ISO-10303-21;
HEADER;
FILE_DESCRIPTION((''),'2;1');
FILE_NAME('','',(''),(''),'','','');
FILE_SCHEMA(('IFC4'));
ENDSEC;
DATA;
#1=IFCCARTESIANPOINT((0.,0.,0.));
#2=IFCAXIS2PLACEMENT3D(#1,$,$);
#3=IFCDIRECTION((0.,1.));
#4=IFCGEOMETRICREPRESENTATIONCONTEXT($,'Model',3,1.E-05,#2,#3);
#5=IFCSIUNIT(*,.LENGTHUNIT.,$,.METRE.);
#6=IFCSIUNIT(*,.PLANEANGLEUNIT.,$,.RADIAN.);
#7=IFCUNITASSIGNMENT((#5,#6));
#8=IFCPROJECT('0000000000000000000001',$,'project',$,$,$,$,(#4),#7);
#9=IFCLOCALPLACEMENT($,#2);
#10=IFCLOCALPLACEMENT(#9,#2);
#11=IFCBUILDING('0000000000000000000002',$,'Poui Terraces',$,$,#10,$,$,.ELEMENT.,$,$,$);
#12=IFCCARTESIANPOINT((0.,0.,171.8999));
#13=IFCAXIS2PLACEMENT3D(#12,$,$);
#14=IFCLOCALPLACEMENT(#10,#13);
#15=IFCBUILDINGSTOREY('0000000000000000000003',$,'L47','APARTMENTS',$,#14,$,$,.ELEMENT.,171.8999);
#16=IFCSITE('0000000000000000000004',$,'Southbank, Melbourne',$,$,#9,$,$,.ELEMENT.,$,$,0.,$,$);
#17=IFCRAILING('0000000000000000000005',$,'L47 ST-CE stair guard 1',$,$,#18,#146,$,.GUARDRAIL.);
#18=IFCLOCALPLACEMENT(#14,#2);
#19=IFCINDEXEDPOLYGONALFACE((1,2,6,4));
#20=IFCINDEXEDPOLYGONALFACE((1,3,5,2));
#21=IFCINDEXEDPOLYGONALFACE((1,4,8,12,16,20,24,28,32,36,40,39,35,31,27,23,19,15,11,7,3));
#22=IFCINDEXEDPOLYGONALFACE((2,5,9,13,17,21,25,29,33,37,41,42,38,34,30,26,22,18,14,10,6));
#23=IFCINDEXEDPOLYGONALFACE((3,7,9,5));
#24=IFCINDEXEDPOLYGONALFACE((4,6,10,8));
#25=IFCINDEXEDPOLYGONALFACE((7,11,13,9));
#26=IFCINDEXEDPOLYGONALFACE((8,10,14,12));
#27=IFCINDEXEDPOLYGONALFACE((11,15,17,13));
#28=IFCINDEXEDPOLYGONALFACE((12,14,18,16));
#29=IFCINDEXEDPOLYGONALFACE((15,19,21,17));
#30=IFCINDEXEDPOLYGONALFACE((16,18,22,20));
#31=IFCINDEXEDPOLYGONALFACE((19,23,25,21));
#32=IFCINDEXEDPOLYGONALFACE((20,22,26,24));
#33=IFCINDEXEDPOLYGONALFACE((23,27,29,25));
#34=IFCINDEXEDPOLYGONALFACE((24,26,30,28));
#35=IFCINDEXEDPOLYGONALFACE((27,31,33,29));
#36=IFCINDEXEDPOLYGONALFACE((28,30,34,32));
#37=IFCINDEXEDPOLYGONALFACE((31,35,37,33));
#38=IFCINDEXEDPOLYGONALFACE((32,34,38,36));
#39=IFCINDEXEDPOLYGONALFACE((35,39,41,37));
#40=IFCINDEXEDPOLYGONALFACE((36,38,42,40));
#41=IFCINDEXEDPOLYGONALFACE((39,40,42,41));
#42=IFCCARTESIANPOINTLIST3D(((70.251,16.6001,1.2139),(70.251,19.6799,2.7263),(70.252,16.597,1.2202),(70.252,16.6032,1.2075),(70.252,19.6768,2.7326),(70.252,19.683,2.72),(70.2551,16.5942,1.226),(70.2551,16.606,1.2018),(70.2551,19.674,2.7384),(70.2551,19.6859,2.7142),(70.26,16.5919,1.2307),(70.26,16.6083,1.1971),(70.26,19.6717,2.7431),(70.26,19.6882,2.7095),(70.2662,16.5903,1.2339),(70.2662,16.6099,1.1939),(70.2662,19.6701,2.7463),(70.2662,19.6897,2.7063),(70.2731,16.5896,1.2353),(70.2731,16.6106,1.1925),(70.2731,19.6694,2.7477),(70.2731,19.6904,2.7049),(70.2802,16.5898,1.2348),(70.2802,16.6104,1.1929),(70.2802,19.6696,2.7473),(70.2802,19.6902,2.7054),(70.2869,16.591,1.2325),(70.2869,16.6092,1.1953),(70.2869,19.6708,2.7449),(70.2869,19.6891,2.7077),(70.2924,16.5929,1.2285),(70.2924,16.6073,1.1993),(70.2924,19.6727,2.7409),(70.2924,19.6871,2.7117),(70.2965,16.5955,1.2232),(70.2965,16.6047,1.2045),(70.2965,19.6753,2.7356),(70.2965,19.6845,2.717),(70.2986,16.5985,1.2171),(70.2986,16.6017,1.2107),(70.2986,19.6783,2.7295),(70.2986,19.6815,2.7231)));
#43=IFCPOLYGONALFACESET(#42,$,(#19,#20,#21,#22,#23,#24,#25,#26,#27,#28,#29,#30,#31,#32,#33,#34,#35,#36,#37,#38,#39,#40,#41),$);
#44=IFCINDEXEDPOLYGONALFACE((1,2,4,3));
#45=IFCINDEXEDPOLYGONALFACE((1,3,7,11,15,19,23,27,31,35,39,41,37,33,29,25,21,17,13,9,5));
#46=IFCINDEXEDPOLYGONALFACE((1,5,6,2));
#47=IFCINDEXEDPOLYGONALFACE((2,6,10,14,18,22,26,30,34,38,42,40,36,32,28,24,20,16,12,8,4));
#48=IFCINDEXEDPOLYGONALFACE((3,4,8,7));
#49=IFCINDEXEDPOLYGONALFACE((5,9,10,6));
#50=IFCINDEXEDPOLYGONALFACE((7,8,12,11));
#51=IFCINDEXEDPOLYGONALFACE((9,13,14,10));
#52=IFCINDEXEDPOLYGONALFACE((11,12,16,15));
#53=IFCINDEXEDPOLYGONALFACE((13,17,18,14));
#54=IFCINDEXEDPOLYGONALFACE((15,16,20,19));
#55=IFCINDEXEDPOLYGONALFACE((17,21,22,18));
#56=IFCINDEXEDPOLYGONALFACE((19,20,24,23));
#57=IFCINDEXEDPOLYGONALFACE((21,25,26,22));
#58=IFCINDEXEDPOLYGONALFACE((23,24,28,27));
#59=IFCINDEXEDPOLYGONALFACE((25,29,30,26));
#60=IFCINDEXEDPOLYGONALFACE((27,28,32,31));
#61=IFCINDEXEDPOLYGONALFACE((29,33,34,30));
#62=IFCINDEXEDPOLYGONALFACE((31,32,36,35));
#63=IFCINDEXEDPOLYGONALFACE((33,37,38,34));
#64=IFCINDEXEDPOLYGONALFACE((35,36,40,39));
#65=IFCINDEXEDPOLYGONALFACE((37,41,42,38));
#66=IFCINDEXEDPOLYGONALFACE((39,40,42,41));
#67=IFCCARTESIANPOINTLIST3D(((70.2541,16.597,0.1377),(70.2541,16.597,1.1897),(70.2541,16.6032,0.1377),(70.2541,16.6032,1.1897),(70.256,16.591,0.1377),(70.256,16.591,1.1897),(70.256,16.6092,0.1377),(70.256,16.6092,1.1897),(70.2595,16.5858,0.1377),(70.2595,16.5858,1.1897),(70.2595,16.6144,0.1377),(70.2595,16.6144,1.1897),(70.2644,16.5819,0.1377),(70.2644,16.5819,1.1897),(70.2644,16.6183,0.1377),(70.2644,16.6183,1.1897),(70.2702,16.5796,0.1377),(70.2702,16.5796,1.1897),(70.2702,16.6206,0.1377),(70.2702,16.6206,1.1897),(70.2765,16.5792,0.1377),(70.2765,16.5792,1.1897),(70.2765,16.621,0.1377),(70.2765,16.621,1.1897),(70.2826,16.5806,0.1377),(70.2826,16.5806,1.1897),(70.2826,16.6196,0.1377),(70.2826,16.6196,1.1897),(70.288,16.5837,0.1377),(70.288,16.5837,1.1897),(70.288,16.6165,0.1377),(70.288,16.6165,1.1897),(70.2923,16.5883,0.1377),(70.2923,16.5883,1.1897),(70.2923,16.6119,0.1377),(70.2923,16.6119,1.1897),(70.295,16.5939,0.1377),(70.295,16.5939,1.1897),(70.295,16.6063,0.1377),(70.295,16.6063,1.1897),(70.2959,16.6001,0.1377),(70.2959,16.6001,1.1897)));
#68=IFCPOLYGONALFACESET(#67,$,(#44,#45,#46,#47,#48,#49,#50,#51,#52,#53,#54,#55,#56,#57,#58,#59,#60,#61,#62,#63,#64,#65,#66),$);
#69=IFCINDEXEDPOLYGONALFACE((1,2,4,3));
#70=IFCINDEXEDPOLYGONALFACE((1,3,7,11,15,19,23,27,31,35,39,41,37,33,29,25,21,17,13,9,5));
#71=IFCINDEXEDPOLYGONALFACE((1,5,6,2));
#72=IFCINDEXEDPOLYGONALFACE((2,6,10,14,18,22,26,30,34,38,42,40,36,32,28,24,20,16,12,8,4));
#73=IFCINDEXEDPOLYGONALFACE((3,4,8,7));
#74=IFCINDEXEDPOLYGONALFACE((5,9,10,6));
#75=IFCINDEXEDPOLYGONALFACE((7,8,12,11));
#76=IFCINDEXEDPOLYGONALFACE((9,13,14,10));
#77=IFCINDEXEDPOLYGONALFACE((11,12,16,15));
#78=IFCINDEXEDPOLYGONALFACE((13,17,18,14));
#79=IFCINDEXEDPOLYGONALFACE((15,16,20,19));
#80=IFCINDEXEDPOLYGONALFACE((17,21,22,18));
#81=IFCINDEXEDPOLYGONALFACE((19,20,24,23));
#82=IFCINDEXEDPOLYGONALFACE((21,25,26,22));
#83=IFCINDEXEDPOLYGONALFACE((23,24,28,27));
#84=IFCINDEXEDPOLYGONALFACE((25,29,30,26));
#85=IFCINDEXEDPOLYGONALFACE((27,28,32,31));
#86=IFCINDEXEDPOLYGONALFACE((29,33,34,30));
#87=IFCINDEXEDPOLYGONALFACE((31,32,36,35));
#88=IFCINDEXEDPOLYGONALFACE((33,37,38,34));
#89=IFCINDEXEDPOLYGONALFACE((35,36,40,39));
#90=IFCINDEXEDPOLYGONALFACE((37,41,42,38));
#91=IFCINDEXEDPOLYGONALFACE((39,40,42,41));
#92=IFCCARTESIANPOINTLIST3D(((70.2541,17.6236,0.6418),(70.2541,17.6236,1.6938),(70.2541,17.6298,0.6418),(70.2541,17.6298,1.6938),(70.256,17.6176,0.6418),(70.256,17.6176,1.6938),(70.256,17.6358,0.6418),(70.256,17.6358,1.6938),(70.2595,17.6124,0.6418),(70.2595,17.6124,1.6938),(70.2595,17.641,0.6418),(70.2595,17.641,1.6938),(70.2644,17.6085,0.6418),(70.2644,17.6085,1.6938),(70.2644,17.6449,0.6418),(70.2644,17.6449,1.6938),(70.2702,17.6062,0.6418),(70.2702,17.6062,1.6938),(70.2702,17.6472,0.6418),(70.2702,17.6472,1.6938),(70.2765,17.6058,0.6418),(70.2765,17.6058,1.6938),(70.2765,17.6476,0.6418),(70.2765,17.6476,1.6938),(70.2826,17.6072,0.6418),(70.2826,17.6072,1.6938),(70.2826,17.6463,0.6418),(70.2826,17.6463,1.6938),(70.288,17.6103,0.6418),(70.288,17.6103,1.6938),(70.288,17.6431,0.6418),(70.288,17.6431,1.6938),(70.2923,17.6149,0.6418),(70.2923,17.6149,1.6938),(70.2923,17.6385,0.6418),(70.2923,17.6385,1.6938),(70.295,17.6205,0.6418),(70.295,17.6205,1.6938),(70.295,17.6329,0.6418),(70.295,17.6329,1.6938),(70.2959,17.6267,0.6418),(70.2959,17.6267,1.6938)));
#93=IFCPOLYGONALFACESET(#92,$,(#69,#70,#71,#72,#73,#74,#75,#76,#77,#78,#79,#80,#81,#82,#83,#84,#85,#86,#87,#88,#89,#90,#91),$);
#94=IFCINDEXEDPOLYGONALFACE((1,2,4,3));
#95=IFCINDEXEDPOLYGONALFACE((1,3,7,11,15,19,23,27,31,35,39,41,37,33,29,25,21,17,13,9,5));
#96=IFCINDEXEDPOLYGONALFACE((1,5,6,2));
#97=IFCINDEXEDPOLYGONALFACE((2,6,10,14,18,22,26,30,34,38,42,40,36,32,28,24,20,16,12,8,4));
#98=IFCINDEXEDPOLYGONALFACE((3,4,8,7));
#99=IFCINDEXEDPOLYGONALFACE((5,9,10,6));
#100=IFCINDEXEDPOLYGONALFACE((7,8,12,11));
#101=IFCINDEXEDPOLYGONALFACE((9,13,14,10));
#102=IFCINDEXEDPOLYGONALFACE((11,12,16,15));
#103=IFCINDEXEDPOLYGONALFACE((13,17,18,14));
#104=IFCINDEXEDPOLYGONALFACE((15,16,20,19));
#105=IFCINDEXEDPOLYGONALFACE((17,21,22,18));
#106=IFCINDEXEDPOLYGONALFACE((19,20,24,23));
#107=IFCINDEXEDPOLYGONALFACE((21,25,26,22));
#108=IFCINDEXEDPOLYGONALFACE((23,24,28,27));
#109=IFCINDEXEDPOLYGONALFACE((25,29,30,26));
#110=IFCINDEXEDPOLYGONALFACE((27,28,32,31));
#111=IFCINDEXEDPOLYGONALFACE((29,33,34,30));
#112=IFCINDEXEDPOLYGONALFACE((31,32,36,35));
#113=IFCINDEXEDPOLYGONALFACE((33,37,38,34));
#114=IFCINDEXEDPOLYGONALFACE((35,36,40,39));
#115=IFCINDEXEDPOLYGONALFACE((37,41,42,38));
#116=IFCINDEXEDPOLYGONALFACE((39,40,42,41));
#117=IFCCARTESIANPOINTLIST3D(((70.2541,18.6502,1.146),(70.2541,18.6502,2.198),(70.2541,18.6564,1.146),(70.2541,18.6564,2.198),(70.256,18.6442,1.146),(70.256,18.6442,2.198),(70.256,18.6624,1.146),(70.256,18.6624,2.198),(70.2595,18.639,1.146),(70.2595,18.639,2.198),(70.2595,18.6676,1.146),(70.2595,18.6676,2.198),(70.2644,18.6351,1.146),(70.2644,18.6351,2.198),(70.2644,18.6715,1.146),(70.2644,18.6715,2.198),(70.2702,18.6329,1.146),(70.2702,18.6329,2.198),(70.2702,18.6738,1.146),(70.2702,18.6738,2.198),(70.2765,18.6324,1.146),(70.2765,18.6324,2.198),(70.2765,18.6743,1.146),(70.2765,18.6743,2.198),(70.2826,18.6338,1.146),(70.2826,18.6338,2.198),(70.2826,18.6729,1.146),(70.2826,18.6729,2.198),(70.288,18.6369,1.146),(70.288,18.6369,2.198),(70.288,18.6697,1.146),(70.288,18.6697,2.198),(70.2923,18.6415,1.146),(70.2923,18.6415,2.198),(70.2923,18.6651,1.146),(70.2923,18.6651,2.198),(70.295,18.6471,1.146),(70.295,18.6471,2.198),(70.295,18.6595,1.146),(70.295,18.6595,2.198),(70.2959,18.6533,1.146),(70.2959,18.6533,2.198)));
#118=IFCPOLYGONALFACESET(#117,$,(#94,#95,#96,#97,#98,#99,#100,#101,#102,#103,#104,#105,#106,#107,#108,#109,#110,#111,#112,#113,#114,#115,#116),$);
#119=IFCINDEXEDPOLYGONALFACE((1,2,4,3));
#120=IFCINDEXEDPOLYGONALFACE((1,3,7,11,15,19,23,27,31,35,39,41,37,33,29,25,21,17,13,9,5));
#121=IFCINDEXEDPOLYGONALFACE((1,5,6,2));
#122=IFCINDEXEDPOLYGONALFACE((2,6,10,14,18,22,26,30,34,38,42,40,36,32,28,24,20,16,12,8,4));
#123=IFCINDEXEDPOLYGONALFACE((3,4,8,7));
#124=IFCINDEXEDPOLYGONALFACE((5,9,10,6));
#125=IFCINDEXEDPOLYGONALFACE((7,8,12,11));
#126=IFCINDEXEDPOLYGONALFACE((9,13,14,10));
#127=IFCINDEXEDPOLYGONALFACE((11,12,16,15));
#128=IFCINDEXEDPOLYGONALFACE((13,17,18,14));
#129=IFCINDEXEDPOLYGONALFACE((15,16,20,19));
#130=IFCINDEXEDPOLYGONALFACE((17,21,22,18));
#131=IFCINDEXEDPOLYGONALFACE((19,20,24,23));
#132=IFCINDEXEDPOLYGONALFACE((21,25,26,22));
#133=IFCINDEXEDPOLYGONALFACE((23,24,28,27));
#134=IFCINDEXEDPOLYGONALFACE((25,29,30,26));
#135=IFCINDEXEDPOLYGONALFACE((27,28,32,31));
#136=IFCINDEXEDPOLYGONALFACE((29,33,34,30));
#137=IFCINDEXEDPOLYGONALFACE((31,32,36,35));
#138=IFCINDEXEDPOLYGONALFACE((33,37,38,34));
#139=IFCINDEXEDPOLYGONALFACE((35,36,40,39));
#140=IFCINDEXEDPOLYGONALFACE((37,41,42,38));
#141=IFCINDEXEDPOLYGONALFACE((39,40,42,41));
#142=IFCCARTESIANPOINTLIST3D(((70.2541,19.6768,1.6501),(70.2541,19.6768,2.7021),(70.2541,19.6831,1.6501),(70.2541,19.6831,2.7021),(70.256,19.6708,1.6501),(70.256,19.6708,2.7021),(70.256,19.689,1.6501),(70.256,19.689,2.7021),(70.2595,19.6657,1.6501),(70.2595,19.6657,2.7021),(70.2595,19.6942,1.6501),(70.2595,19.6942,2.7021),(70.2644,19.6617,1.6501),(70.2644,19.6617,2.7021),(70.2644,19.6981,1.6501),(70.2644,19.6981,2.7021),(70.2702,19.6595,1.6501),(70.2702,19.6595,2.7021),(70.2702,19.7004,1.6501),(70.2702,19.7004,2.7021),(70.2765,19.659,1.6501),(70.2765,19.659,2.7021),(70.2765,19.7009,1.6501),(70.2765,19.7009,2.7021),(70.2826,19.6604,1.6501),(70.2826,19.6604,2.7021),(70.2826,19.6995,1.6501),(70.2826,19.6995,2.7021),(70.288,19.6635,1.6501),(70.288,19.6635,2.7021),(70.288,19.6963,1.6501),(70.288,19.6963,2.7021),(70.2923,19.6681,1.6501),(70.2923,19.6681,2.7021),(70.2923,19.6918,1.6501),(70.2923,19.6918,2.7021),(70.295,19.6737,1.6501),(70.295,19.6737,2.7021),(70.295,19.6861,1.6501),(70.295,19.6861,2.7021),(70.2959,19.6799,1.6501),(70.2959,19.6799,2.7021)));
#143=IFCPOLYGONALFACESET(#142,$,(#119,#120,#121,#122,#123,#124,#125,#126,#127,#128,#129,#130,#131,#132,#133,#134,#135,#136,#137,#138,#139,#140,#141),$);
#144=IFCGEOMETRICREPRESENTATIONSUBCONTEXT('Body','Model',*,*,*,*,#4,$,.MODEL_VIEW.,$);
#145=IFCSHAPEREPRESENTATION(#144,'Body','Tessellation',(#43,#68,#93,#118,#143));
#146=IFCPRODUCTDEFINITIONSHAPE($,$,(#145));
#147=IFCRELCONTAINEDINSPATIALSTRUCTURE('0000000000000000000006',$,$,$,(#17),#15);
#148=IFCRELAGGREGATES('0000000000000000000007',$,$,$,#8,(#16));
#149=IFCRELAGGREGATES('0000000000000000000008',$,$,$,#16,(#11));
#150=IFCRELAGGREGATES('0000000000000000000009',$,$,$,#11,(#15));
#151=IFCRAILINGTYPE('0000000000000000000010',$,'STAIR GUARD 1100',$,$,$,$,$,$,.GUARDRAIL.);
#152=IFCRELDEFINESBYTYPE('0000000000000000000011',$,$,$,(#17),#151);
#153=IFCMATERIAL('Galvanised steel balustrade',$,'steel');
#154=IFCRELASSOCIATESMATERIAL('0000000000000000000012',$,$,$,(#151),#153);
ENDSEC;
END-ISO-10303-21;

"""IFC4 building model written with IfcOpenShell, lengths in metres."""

from ifc_helpers import new_model, si_unit, direction, frame, origin, origin_2d, place, context, subcontext, project, spatial, circle, extrude, material, type_object, element, save


model = new_model("IFC4")

# Units and contexts
model_context = context("Model", 3, precision=1e-05, world=origin(), true_north=direction((0.0, 1.0)))
body_context = subcontext(model_context, "Body", "Model", "MODEL_VIEW")
ifc_project = project(units=[si_unit("LENGTHUNIT", "METRE"), si_unit("PLANEANGLEUNIT", "RADIAN")], contexts=[model_context])

# Site, building, storey
site_placement = place(None, origin())
site = spatial("IfcSite", under=ifc_project, at=site_placement, Name="Southbank, Melbourne", CompositionType="ELEMENT", RefElevation=0.0)
building_placement = place(site_placement, origin())
building = spatial("IfcBuilding", under=site, at=building_placement, Name="Poui Terraces", CompositionType="ELEMENT")
storey_placement = place(building_placement, frame((0.0, 0.0, 171.8999)))
storey = spatial("IfcBuildingStorey", under=building, at=storey_placement, Name="L47", Description="APARTMENTS", CompositionType="ELEMENT", Elevation=171.8999)

# Railing
ifc_material_1 = material(Name="Galvanised steel balustrade", Category="steel")
railing_type_1 = type_object("IfcRailingType", Name="STAIR GUARD 1100", PredefinedType="GUARDRAIL", material=ifc_material_1)
railing_1_placement = place(storey_placement, frame((70.2749, 16.6001, 0.1377)))
element("IfcRailing", 1, at=railing_1_placement, inside=storey, type_object=railing_type_1, Name="L47 ST-CE stair guard 1", PredefinedType="GUARDRAIL", context=body_context, shape_type="SweptSolid", body=[
    extrude(circle(Radius=0.0239, at=origin_2d()), frame((0.0, 0.0, 1.0762), z_axis=(0.0, 0.897606, 0.440798), x_axis=(-1.0, 0.0, 0.0)), (0.0, 0.0, 1.0), 3.4312),
    extrude(circle(Radius=0.021, at=origin_2d()), origin(), (0.0, 0.0, 1.0), 1.052),
    extrude(circle(Radius=0.021, at=origin_2d()), frame((0.0, 1.0266, 0.5042)), (0.0, 0.0, 1.0), 1.052),
    extrude(circle(Radius=0.021, at=origin_2d()), frame((0.0, 2.0532, 1.0083)), (0.0, 0.0, 1.0), 1.052),
    extrude(circle(Radius=0.021, at=origin_2d()), frame((0.0, 3.0798, 1.5125)), (0.0, 0.0, 1.0), 1.052),
])

save(model, "model.ifc")
